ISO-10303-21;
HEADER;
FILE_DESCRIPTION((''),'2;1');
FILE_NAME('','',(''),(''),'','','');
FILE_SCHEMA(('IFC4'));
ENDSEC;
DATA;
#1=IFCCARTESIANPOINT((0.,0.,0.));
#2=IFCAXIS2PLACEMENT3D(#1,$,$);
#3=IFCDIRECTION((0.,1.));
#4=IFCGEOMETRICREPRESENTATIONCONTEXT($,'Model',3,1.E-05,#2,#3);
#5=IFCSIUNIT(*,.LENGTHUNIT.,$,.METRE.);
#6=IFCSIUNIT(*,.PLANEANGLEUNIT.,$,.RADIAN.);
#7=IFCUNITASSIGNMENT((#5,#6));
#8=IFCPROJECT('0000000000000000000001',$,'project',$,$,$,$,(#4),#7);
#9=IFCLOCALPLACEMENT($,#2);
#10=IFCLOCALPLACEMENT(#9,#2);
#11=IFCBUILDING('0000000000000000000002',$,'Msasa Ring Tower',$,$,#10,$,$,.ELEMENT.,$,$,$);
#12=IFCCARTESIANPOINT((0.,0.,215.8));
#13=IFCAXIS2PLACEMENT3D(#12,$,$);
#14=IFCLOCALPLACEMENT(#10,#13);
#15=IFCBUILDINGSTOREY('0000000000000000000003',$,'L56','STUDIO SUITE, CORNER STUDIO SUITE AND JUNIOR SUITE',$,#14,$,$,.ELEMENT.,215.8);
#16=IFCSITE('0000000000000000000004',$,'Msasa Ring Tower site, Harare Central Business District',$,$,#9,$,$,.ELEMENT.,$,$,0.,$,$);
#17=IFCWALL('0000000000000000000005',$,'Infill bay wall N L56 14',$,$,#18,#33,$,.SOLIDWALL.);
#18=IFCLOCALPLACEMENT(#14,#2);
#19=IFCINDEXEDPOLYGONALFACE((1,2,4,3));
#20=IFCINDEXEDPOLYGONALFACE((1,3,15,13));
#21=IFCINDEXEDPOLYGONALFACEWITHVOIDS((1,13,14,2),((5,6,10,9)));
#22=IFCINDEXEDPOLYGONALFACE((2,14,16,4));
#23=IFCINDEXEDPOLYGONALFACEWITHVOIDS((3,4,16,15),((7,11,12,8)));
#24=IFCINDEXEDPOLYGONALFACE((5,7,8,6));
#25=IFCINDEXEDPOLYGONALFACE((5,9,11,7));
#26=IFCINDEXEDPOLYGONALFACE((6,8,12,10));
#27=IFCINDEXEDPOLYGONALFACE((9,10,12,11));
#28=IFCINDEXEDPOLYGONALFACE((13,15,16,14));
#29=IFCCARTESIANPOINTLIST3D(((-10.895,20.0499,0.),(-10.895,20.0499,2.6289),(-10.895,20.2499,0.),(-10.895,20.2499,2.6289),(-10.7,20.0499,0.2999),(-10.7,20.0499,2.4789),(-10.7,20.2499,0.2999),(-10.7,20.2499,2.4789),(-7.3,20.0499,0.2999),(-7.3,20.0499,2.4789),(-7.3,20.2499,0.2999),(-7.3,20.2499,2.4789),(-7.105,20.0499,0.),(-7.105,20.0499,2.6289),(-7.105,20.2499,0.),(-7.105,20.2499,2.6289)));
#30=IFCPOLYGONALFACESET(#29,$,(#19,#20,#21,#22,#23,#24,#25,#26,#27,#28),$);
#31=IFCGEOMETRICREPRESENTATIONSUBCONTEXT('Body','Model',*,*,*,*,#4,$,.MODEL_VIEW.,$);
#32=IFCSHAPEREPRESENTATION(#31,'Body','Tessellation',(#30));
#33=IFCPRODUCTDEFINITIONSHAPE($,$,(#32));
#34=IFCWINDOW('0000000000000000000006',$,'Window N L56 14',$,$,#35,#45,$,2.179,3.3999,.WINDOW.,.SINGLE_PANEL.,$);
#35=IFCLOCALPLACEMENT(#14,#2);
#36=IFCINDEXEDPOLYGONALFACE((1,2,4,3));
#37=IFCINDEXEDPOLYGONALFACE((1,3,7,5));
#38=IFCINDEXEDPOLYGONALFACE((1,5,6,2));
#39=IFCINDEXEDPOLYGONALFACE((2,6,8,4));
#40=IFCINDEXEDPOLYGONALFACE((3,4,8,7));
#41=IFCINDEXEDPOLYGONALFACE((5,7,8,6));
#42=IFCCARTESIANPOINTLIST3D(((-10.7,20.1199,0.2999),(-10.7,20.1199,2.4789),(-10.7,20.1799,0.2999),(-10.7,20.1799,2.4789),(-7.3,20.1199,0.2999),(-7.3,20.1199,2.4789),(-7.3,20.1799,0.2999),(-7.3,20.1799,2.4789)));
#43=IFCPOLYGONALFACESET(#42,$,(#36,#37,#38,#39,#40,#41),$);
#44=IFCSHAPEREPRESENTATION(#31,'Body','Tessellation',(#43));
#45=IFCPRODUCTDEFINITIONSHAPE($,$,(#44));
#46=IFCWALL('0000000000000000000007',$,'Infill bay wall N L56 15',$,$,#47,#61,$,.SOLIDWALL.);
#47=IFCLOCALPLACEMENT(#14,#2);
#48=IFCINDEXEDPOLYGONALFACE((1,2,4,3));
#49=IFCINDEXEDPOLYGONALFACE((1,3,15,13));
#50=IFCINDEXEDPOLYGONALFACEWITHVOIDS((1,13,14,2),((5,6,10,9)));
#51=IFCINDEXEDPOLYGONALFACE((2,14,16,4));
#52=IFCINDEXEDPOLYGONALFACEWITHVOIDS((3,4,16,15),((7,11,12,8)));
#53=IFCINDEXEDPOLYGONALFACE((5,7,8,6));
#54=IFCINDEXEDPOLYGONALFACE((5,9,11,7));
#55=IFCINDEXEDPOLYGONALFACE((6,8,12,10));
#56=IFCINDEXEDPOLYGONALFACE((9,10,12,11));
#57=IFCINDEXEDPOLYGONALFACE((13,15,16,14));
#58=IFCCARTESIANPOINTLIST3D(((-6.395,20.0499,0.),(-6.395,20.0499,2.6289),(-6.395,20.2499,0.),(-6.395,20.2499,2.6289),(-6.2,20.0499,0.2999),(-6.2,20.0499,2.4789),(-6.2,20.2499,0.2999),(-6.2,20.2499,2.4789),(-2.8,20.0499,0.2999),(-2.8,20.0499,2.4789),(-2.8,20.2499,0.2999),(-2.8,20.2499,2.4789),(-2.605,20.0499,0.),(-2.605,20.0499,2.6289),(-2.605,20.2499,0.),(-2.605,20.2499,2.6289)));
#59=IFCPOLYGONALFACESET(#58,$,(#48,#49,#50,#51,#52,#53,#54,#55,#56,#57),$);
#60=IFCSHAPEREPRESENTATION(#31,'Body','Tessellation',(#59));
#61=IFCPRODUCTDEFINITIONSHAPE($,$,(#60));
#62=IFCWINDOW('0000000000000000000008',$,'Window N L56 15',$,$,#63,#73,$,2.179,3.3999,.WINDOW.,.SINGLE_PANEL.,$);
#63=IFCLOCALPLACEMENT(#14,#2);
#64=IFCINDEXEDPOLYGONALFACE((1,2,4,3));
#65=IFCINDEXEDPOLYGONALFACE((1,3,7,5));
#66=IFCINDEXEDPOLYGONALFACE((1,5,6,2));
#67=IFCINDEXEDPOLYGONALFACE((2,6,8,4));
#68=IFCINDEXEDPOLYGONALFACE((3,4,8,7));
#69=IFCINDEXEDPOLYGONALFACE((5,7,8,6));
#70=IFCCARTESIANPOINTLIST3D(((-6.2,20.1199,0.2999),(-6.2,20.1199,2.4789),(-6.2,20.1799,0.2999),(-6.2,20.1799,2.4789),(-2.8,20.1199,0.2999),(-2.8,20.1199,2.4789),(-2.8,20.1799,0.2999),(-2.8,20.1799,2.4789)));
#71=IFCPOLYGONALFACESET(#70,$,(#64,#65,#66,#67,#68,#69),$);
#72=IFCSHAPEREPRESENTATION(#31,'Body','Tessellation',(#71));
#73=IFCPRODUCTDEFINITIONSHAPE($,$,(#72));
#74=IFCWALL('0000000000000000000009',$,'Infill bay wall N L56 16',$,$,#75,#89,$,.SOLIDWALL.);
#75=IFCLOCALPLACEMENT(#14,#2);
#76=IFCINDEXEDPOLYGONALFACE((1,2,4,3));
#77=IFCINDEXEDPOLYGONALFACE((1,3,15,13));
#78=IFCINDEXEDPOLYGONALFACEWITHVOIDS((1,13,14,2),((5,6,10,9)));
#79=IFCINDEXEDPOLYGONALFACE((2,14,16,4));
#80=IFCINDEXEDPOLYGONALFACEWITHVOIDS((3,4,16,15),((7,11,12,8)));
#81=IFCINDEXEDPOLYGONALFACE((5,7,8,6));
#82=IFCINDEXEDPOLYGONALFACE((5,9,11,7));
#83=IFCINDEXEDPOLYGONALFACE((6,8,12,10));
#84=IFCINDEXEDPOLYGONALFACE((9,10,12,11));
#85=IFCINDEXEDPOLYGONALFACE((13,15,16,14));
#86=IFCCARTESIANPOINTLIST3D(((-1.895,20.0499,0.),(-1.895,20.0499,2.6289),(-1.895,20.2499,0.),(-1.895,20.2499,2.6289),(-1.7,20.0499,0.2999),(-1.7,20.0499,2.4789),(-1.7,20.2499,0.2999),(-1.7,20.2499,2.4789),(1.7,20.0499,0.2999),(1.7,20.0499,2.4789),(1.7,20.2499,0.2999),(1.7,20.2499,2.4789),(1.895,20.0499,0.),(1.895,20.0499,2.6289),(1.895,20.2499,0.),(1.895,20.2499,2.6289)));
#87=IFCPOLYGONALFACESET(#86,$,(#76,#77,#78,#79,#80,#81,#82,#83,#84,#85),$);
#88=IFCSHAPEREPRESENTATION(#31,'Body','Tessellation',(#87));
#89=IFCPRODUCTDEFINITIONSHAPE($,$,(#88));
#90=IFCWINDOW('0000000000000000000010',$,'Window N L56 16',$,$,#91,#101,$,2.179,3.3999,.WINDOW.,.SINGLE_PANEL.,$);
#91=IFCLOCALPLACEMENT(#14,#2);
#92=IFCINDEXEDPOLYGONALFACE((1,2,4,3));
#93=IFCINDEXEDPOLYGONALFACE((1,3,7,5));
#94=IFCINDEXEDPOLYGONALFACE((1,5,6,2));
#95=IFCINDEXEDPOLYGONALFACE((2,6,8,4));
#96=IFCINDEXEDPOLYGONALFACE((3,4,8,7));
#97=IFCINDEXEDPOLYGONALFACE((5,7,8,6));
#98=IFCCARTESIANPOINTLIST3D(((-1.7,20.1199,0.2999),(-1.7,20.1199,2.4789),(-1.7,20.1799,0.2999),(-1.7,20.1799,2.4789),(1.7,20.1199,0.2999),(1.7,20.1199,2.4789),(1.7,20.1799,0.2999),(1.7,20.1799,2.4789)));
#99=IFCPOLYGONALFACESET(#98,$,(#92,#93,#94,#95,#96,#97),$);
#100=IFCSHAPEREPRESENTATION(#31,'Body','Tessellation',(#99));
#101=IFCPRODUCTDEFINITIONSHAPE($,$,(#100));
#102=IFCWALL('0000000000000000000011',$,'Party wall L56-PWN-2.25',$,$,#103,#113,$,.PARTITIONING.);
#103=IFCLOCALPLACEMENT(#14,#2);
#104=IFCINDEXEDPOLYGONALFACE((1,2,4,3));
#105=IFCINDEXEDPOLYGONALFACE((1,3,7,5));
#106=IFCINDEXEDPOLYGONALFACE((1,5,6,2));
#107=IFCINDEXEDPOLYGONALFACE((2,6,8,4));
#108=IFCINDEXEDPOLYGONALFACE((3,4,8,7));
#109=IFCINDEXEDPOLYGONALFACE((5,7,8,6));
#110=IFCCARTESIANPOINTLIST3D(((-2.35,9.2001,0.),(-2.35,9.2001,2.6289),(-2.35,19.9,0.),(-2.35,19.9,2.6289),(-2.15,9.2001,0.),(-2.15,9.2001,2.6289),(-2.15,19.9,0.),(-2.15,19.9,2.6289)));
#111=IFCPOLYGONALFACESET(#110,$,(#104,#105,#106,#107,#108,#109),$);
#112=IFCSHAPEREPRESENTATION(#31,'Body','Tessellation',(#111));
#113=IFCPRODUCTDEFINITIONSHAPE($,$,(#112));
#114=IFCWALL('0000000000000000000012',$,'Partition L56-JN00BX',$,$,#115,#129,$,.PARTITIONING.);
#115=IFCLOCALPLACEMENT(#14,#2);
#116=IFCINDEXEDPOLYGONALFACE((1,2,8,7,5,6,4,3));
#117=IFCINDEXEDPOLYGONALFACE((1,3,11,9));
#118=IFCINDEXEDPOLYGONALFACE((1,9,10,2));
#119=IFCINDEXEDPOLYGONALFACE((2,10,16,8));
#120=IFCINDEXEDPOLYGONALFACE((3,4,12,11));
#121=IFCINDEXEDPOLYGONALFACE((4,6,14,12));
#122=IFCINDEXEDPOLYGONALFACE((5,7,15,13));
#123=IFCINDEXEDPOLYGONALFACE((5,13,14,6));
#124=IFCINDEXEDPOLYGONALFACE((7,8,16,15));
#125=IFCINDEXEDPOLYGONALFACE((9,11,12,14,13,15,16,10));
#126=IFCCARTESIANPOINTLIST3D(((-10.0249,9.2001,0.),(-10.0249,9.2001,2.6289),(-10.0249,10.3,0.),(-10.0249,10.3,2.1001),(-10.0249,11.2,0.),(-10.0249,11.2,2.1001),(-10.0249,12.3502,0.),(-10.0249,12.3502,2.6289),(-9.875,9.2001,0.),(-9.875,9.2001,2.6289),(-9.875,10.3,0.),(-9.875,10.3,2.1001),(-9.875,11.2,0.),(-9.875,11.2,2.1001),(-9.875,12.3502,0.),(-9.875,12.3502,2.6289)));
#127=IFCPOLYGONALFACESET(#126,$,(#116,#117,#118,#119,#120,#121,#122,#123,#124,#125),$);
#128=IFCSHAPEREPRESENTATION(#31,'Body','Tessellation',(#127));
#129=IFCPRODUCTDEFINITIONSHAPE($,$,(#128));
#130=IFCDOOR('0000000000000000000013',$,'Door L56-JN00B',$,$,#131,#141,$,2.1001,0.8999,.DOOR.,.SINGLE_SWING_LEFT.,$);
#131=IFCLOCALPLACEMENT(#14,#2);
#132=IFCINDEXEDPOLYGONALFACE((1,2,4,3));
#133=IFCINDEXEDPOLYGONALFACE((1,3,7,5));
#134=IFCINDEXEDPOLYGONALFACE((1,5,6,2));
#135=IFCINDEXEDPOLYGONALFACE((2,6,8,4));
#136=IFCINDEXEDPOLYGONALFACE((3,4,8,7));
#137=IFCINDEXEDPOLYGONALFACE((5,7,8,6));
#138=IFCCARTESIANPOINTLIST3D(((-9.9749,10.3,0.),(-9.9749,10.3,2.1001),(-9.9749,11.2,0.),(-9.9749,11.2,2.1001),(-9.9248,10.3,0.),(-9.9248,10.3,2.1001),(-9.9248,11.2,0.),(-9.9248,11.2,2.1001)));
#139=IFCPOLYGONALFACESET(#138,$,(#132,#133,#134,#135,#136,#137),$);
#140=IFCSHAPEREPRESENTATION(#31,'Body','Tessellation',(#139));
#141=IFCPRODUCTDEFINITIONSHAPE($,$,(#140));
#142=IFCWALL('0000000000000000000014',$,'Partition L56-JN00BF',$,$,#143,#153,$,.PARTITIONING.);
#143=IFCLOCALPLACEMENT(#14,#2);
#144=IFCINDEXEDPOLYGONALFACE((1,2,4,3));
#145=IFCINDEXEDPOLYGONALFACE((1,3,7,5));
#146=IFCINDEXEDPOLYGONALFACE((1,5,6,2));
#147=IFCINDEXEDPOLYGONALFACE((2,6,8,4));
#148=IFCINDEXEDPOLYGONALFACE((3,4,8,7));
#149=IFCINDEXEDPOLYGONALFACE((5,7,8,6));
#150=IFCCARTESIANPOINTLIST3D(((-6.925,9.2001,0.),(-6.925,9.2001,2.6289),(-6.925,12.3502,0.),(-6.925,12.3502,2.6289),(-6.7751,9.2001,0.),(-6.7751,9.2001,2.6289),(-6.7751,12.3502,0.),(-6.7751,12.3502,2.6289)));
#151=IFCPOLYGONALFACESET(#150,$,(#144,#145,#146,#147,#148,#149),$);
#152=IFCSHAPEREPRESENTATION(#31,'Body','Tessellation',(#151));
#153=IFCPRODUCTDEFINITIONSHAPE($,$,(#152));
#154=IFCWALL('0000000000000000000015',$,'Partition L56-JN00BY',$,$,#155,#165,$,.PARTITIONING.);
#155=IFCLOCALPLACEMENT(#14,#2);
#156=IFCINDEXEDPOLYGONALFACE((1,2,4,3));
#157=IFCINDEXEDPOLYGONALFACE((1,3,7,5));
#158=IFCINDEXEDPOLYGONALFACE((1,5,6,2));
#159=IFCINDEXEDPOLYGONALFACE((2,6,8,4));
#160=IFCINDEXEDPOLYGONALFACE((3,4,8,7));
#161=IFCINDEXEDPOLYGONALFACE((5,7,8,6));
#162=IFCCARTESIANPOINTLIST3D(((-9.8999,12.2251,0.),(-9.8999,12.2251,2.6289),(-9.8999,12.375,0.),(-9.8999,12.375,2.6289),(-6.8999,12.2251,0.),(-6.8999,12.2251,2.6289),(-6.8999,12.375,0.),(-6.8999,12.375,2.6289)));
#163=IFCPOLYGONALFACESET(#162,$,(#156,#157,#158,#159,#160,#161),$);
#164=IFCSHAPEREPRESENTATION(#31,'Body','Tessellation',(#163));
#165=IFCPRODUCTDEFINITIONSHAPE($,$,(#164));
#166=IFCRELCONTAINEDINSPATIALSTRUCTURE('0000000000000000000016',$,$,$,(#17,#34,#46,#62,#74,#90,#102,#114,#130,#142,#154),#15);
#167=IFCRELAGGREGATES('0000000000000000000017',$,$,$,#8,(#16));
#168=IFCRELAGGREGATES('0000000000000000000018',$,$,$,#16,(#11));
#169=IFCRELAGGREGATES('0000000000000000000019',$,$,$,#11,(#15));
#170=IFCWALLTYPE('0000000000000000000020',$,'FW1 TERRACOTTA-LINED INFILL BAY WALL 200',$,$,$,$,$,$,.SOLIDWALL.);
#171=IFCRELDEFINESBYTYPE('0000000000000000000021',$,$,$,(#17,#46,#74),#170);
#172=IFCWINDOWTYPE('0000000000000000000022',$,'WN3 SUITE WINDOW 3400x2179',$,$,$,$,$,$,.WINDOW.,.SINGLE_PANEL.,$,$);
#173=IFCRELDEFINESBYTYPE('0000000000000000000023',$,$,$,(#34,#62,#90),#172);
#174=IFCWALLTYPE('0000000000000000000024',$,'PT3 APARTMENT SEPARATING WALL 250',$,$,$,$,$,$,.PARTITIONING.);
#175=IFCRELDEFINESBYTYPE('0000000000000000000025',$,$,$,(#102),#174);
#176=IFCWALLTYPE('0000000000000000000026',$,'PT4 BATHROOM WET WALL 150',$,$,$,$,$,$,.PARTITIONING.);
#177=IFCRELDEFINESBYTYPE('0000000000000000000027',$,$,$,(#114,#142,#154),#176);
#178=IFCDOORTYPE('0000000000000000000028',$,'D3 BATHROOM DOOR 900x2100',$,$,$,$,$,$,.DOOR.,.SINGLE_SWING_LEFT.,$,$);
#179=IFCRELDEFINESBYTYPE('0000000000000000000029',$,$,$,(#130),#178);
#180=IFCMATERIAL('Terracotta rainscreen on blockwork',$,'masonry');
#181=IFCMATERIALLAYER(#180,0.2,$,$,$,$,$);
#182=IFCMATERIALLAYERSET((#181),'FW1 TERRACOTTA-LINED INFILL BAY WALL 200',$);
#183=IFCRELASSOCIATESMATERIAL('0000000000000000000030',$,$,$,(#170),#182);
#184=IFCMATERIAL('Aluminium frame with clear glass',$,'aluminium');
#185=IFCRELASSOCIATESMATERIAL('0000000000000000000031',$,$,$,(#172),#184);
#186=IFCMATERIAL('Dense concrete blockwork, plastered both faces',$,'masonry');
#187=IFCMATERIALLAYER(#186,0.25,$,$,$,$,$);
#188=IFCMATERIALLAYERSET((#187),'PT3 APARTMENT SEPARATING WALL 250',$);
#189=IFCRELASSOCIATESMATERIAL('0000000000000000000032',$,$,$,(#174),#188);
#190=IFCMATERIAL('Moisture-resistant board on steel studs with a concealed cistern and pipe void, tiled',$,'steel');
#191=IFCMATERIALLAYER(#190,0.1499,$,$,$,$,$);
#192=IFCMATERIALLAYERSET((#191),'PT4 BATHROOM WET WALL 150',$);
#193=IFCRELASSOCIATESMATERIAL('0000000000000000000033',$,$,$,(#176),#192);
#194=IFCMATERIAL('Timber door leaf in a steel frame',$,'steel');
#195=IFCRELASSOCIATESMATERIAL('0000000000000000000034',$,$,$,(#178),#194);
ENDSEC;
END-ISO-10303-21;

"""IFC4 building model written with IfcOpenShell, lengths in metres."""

from ifc_helpers import new_model, si_unit, direction, frame, frame_2d, origin, place, context, subcontext, project, spatial, rectangle, extrude, material, layer, layer_set, type_object, element, fill, save


model = new_model("IFC4")

# Units and contexts
model_context = context("Model", 3, precision=1e-05, world=origin(), true_north=direction((0.0, 1.0)))
body_context = subcontext(model_context, "Body", "Model", "MODEL_VIEW")
ifc_project = project(units=[si_unit("LENGTHUNIT", "METRE"), si_unit("PLANEANGLEUNIT", "RADIAN")], contexts=[model_context])

# Site, building, storey
site_placement = place(None, origin())
site = spatial("IfcSite", under=ifc_project, at=site_placement, Name="Msasa Ring Tower site, Harare Central Business District", CompositionType="ELEMENT", RefElevation=0.0)
building_placement = place(site_placement, origin())
building = spatial("IfcBuilding", under=site, at=building_placement, Name="Msasa Ring Tower", CompositionType="ELEMENT")
storey_placement = place(building_placement, frame((0.0, 0.0, 215.8)))
storey = spatial("IfcBuildingStorey", under=building, at=storey_placement, Name="L56", Description="STUDIO SUITE, CORNER STUDIO SUITE AND JUNIOR SUITE", CompositionType="ELEMENT", Elevation=215.8)

# Walls, openings, windows
ifc_material_1 = material(Name="Terracotta rainscreen on blockwork", Category="masonry")
ifc_layer_1 = layer(ifc_material_1, 0.2)
ifc_layer_set_1 = layer_set([ifc_layer_1], Name="FW1 TERRACOTTA-LINED INFILL BAY WALL 200")
wall_type_1 = type_object("IfcWallType", Name="FW1 TERRACOTTA-LINED INFILL BAY WALL 200", PredefinedType="SOLIDWALL", material=ifc_layer_set_1)
wall_1_placement = place(storey_placement, frame((-10.895, 20.1499, 0.0), z_axis=(0.0, 0.0, 1.0), x_axis=(1.0, 0.0, 0.0)))
wall_1 = element("IfcWall", 1, at=wall_1_placement, inside=storey, type_object=wall_type_1, Name="Infill bay wall N L56 14", PredefinedType="SOLIDWALL", context=body_context, shape_type="SweptSolid", body=[
    extrude(rectangle(XDim=3.79, YDim=0.2, at=frame_2d((1.895, 0.0))), origin(), (0.0, 0.0, 1.0), 2.6289),
])
opening_1_placement = place(wall_1_placement, frame((0.1951, 0.0, 0.3)))
opening_1 = element("IfcOpeningElement", 2, at=opening_1_placement, cuts=wall_1, PredefinedType="OPENING", context=body_context, shape_type="SweptSolid", body=[
    extrude(rectangle(XDim=3.3999, YDim=2.179, at=frame_2d((1.7, 1.0894))), frame((0.0, 0.1099, 0.0), z_axis=(0.0, -1.0, 0.0), x_axis=(1.0, 0.0, 0.0)), (0.0, 0.0, 1.0), 0.22),
])
ifc_material_2 = material(Name="Aluminium frame with clear glass", Category="aluminium")
window_type = type_object("IfcWindowType", Name="WN3 SUITE WINDOW 3400x2179", PartitioningType="SINGLE_PANEL", PredefinedType="WINDOW", material=ifc_material_2)
window_1_placement = place(opening_1_placement, origin())
window_1 = element("IfcWindow", 3, at=window_1_placement, inside=storey, type_object=window_type, Name="Window N L56 14", OverallHeight=2.179, OverallWidth=3.3999, PartitioningType="SINGLE_PANEL", PredefinedType="WINDOW", context=body_context, shape_type="SweptSolid", body=[
    extrude(rectangle(XDim=3.3999, YDim=2.179, at=frame_2d((1.7, 1.0894))), frame((0.0, 0.03, 0.0), z_axis=(0.0, -1.0, 0.0), x_axis=(1.0, 0.0, 0.0)), (0.0, 0.0, 1.0), 0.0601),
])
fill(opening_1, window_1)
wall_2_placement = place(storey_placement, frame((-6.395, 20.1499, 0.0), z_axis=(0.0, 0.0, 1.0), x_axis=(1.0, 0.0, 0.0)))
wall_2 = element("IfcWall", 4, at=wall_2_placement, inside=storey, type_object=wall_type_1, Name="Infill bay wall N L56 15", PredefinedType="SOLIDWALL", context=body_context, shape_type="SweptSolid", body=[
    extrude(rectangle(XDim=3.79, YDim=0.2, at=frame_2d((1.895, 0.0))), origin(), (0.0, 0.0, 1.0), 2.6289),
])
opening_2_placement = place(wall_2_placement, frame((0.1951, 0.0, 0.3)))
opening_2 = element("IfcOpeningElement", 5, at=opening_2_placement, cuts=wall_2, PredefinedType="OPENING", context=body_context, shape_type="SweptSolid", body=[
    extrude(rectangle(XDim=3.3999, YDim=2.179, at=frame_2d((1.7, 1.0894))), frame((0.0, 0.1099, 0.0), z_axis=(0.0, -1.0, 0.0), x_axis=(1.0, 0.0, 0.0)), (0.0, 0.0, 1.0), 0.22),
])
window_2_placement = place(opening_2_placement, origin())
window_2 = element("IfcWindow", 6, at=window_2_placement, inside=storey, type_object=window_type, Name="Window N L56 15", OverallHeight=2.179, OverallWidth=3.3999, PartitioningType="SINGLE_PANEL", PredefinedType="WINDOW", context=body_context, shape_type="SweptSolid", body=[
    extrude(rectangle(XDim=3.3999, YDim=2.179, at=frame_2d((1.7, 1.0894))), frame((0.0, 0.03, 0.0), z_axis=(0.0, -1.0, 0.0), x_axis=(1.0, 0.0, 0.0)), (0.0, 0.0, 1.0), 0.0601),
])
fill(opening_2, window_2)
wall_3_placement = place(storey_placement, frame((-1.895, 20.1499, 0.0), z_axis=(0.0, 0.0, 1.0), x_axis=(1.0, 0.0, 0.0)))
wall_3 = element("IfcWall", 7, at=wall_3_placement, inside=storey, type_object=wall_type_1, Name="Infill bay wall N L56 16", PredefinedType="SOLIDWALL", context=body_context, shape_type="SweptSolid", body=[
    extrude(rectangle(XDim=3.79, YDim=0.2, at=frame_2d((1.895, 0.0))), origin(), (0.0, 0.0, 1.0), 2.6289),
])
opening_3_placement = place(wall_3_placement, frame((0.1951, 0.0, 0.3)))
opening_3 = element("IfcOpeningElement", 8, at=opening_3_placement, cuts=wall_3, PredefinedType="OPENING", context=body_context, shape_type="SweptSolid", body=[
    extrude(rectangle(XDim=3.3999, YDim=2.179, at=frame_2d((1.7, 1.0894))), frame((0.0, 0.1099, 0.0), z_axis=(0.0, -1.0, 0.0), x_axis=(1.0, 0.0, 0.0)), (0.0, 0.0, 1.0), 0.22),
])
window_3_placement = place(opening_3_placement, origin())
window_3 = element("IfcWindow", 9, at=window_3_placement, inside=storey, type_object=window_type, Name="Window N L56 16", OverallHeight=2.179, OverallWidth=3.3999, PartitioningType="SINGLE_PANEL", PredefinedType="WINDOW", context=body_context, shape_type="SweptSolid", body=[
    extrude(rectangle(XDim=3.3999, YDim=2.179, at=frame_2d((1.7, 1.0894))), frame((0.0, 0.03, 0.0), z_axis=(0.0, -1.0, 0.0), x_axis=(1.0, 0.0, 0.0)), (0.0, 0.0, 1.0), 0.0601),
])
fill(opening_3, window_3)

# Wall
ifc_material_3 = material(Name="Dense concrete blockwork, plastered both faces", Category="masonry")
ifc_layer_2 = layer(ifc_material_3, 0.25)
ifc_layer_set_2 = layer_set([ifc_layer_2], Name="PT3 APARTMENT SEPARATING WALL 250")
wall_type_2 = type_object("IfcWallType", Name="PT3 APARTMENT SEPARATING WALL 250", PredefinedType="PARTITIONING", material=ifc_layer_set_2)
wall_4_placement = place(storey_placement, frame((-2.25, 9.2, 0.0), z_axis=(0.0, 0.0, 1.0), x_axis=(0.0, 1.0, 0.0)))
element("IfcWall", 10, at=wall_4_placement, inside=storey, type_object=wall_type_2, Name="Party wall L56-PWN-2.25", PredefinedType="PARTITIONING", context=body_context, shape_type="SweptSolid", body=[
    extrude(rectangle(XDim=10.7, YDim=0.2, at=frame_2d((5.3501, 0.0))), origin(), (0.0, 0.0, 1.0), 2.6289),
])

# Wall, opening, door
ifc_material_4 = material(Name="Moisture-resistant board on steel studs with a concealed cistern and pipe void, tiled", Category="steel")
ifc_layer_3 = layer(ifc_material_4, 0.1499)
ifc_layer_set_3 = layer_set([ifc_layer_3], Name="PT4 BATHROOM WET WALL 150")
wall_type_3 = type_object("IfcWallType", Name="PT4 BATHROOM WET WALL 150", PredefinedType="PARTITIONING", material=ifc_layer_set_3)
wall_5_placement = place(storey_placement, frame((-9.95, 9.2, 0.0), z_axis=(0.0, 0.0, 1.0), x_axis=(0.0, 1.0, 0.0)))
wall_5 = element("IfcWall", 11, at=wall_5_placement, inside=storey, type_object=wall_type_3, Name="Partition L56-JN00BX", PredefinedType="PARTITIONING", context=body_context, shape_type="SweptSolid", body=[
    extrude(rectangle(XDim=3.1501, YDim=0.1499, at=frame_2d((1.5752, 0.0))), origin(), (0.0, 0.0, 1.0), 2.6289),
])
opening_4_placement = place(wall_5_placement, frame((1.1001, 0.0, 0.0)))
opening_4 = element("IfcOpeningElement", 12, at=opening_4_placement, cuts=wall_5, PredefinedType="OPENING", context=body_context, shape_type="SweptSolid", body=[
    extrude(rectangle(XDim=0.8999, YDim=2.1001, at=frame_2d((0.45, 1.05))), frame((0.0, 0.085, 0.0), z_axis=(0.0, -1.0, 0.0), x_axis=(1.0, 0.0, 0.0)), (0.0, 0.0, 1.0), 0.1699),
])
ifc_material_5 = material(Name="Timber door leaf in a steel frame", Category="steel")
door_type = type_object("IfcDoorType", Name="D3 BATHROOM DOOR 900x2100", OperationType="SINGLE_SWING_LEFT", PredefinedType="DOOR", material=ifc_material_5)
door_1_placement = place(opening_4_placement, origin())
door_1 = element("IfcDoor", 13, at=door_1_placement, inside=storey, type_object=door_type, Name="Door L56-JN00B", OperationType="SINGLE_SWING_LEFT", OverallHeight=2.1001, OverallWidth=0.8999, PredefinedType="DOOR", context=body_context, shape_type="SweptSolid", body=[
    extrude(rectangle(XDim=0.8999, YDim=2.1001, at=frame_2d((0.45, 1.05))), frame((0.0, 0.0249, 0.0), z_axis=(0.0, -1.0, 0.0), x_axis=(1.0, 0.0, 0.0)), (0.0, 0.0, 1.0), 0.05),
])
fill(opening_4, door_1)

# Walls
wall_6_placement = place(storey_placement, frame((-6.8501, 9.2, 0.0), z_axis=(0.0, 0.0, 1.0), x_axis=(0.0, 1.0, 0.0)))
element("IfcWall", 14, at=wall_6_placement, inside=storey, type_object=wall_type_3, Name="Partition L56-JN00BF", PredefinedType="PARTITIONING", context=body_context, shape_type="SweptSolid", body=[
    extrude(rectangle(XDim=3.1501, YDim=0.1499, at=frame_2d((1.5752, 0.0))), origin(), (0.0, 0.0, 1.0), 2.6289),
])
wall_7_placement = place(storey_placement, frame((-9.8999, 12.3, 0.0), z_axis=(0.0, 0.0, 1.0), x_axis=(1.0, 0.0, 0.0)))
element("IfcWall", 15, at=wall_7_placement, inside=storey, type_object=wall_type_3, Name="Partition L56-JN00BY", PredefinedType="PARTITIONING", context=body_context, shape_type="SweptSolid", body=[
    extrude(rectangle(XDim=3.0, YDim=0.1499, at=frame_2d((1.5, 0.0))), origin(), (0.0, 0.0, 1.0), 2.6289),
])

save(model, "model.ifc")
